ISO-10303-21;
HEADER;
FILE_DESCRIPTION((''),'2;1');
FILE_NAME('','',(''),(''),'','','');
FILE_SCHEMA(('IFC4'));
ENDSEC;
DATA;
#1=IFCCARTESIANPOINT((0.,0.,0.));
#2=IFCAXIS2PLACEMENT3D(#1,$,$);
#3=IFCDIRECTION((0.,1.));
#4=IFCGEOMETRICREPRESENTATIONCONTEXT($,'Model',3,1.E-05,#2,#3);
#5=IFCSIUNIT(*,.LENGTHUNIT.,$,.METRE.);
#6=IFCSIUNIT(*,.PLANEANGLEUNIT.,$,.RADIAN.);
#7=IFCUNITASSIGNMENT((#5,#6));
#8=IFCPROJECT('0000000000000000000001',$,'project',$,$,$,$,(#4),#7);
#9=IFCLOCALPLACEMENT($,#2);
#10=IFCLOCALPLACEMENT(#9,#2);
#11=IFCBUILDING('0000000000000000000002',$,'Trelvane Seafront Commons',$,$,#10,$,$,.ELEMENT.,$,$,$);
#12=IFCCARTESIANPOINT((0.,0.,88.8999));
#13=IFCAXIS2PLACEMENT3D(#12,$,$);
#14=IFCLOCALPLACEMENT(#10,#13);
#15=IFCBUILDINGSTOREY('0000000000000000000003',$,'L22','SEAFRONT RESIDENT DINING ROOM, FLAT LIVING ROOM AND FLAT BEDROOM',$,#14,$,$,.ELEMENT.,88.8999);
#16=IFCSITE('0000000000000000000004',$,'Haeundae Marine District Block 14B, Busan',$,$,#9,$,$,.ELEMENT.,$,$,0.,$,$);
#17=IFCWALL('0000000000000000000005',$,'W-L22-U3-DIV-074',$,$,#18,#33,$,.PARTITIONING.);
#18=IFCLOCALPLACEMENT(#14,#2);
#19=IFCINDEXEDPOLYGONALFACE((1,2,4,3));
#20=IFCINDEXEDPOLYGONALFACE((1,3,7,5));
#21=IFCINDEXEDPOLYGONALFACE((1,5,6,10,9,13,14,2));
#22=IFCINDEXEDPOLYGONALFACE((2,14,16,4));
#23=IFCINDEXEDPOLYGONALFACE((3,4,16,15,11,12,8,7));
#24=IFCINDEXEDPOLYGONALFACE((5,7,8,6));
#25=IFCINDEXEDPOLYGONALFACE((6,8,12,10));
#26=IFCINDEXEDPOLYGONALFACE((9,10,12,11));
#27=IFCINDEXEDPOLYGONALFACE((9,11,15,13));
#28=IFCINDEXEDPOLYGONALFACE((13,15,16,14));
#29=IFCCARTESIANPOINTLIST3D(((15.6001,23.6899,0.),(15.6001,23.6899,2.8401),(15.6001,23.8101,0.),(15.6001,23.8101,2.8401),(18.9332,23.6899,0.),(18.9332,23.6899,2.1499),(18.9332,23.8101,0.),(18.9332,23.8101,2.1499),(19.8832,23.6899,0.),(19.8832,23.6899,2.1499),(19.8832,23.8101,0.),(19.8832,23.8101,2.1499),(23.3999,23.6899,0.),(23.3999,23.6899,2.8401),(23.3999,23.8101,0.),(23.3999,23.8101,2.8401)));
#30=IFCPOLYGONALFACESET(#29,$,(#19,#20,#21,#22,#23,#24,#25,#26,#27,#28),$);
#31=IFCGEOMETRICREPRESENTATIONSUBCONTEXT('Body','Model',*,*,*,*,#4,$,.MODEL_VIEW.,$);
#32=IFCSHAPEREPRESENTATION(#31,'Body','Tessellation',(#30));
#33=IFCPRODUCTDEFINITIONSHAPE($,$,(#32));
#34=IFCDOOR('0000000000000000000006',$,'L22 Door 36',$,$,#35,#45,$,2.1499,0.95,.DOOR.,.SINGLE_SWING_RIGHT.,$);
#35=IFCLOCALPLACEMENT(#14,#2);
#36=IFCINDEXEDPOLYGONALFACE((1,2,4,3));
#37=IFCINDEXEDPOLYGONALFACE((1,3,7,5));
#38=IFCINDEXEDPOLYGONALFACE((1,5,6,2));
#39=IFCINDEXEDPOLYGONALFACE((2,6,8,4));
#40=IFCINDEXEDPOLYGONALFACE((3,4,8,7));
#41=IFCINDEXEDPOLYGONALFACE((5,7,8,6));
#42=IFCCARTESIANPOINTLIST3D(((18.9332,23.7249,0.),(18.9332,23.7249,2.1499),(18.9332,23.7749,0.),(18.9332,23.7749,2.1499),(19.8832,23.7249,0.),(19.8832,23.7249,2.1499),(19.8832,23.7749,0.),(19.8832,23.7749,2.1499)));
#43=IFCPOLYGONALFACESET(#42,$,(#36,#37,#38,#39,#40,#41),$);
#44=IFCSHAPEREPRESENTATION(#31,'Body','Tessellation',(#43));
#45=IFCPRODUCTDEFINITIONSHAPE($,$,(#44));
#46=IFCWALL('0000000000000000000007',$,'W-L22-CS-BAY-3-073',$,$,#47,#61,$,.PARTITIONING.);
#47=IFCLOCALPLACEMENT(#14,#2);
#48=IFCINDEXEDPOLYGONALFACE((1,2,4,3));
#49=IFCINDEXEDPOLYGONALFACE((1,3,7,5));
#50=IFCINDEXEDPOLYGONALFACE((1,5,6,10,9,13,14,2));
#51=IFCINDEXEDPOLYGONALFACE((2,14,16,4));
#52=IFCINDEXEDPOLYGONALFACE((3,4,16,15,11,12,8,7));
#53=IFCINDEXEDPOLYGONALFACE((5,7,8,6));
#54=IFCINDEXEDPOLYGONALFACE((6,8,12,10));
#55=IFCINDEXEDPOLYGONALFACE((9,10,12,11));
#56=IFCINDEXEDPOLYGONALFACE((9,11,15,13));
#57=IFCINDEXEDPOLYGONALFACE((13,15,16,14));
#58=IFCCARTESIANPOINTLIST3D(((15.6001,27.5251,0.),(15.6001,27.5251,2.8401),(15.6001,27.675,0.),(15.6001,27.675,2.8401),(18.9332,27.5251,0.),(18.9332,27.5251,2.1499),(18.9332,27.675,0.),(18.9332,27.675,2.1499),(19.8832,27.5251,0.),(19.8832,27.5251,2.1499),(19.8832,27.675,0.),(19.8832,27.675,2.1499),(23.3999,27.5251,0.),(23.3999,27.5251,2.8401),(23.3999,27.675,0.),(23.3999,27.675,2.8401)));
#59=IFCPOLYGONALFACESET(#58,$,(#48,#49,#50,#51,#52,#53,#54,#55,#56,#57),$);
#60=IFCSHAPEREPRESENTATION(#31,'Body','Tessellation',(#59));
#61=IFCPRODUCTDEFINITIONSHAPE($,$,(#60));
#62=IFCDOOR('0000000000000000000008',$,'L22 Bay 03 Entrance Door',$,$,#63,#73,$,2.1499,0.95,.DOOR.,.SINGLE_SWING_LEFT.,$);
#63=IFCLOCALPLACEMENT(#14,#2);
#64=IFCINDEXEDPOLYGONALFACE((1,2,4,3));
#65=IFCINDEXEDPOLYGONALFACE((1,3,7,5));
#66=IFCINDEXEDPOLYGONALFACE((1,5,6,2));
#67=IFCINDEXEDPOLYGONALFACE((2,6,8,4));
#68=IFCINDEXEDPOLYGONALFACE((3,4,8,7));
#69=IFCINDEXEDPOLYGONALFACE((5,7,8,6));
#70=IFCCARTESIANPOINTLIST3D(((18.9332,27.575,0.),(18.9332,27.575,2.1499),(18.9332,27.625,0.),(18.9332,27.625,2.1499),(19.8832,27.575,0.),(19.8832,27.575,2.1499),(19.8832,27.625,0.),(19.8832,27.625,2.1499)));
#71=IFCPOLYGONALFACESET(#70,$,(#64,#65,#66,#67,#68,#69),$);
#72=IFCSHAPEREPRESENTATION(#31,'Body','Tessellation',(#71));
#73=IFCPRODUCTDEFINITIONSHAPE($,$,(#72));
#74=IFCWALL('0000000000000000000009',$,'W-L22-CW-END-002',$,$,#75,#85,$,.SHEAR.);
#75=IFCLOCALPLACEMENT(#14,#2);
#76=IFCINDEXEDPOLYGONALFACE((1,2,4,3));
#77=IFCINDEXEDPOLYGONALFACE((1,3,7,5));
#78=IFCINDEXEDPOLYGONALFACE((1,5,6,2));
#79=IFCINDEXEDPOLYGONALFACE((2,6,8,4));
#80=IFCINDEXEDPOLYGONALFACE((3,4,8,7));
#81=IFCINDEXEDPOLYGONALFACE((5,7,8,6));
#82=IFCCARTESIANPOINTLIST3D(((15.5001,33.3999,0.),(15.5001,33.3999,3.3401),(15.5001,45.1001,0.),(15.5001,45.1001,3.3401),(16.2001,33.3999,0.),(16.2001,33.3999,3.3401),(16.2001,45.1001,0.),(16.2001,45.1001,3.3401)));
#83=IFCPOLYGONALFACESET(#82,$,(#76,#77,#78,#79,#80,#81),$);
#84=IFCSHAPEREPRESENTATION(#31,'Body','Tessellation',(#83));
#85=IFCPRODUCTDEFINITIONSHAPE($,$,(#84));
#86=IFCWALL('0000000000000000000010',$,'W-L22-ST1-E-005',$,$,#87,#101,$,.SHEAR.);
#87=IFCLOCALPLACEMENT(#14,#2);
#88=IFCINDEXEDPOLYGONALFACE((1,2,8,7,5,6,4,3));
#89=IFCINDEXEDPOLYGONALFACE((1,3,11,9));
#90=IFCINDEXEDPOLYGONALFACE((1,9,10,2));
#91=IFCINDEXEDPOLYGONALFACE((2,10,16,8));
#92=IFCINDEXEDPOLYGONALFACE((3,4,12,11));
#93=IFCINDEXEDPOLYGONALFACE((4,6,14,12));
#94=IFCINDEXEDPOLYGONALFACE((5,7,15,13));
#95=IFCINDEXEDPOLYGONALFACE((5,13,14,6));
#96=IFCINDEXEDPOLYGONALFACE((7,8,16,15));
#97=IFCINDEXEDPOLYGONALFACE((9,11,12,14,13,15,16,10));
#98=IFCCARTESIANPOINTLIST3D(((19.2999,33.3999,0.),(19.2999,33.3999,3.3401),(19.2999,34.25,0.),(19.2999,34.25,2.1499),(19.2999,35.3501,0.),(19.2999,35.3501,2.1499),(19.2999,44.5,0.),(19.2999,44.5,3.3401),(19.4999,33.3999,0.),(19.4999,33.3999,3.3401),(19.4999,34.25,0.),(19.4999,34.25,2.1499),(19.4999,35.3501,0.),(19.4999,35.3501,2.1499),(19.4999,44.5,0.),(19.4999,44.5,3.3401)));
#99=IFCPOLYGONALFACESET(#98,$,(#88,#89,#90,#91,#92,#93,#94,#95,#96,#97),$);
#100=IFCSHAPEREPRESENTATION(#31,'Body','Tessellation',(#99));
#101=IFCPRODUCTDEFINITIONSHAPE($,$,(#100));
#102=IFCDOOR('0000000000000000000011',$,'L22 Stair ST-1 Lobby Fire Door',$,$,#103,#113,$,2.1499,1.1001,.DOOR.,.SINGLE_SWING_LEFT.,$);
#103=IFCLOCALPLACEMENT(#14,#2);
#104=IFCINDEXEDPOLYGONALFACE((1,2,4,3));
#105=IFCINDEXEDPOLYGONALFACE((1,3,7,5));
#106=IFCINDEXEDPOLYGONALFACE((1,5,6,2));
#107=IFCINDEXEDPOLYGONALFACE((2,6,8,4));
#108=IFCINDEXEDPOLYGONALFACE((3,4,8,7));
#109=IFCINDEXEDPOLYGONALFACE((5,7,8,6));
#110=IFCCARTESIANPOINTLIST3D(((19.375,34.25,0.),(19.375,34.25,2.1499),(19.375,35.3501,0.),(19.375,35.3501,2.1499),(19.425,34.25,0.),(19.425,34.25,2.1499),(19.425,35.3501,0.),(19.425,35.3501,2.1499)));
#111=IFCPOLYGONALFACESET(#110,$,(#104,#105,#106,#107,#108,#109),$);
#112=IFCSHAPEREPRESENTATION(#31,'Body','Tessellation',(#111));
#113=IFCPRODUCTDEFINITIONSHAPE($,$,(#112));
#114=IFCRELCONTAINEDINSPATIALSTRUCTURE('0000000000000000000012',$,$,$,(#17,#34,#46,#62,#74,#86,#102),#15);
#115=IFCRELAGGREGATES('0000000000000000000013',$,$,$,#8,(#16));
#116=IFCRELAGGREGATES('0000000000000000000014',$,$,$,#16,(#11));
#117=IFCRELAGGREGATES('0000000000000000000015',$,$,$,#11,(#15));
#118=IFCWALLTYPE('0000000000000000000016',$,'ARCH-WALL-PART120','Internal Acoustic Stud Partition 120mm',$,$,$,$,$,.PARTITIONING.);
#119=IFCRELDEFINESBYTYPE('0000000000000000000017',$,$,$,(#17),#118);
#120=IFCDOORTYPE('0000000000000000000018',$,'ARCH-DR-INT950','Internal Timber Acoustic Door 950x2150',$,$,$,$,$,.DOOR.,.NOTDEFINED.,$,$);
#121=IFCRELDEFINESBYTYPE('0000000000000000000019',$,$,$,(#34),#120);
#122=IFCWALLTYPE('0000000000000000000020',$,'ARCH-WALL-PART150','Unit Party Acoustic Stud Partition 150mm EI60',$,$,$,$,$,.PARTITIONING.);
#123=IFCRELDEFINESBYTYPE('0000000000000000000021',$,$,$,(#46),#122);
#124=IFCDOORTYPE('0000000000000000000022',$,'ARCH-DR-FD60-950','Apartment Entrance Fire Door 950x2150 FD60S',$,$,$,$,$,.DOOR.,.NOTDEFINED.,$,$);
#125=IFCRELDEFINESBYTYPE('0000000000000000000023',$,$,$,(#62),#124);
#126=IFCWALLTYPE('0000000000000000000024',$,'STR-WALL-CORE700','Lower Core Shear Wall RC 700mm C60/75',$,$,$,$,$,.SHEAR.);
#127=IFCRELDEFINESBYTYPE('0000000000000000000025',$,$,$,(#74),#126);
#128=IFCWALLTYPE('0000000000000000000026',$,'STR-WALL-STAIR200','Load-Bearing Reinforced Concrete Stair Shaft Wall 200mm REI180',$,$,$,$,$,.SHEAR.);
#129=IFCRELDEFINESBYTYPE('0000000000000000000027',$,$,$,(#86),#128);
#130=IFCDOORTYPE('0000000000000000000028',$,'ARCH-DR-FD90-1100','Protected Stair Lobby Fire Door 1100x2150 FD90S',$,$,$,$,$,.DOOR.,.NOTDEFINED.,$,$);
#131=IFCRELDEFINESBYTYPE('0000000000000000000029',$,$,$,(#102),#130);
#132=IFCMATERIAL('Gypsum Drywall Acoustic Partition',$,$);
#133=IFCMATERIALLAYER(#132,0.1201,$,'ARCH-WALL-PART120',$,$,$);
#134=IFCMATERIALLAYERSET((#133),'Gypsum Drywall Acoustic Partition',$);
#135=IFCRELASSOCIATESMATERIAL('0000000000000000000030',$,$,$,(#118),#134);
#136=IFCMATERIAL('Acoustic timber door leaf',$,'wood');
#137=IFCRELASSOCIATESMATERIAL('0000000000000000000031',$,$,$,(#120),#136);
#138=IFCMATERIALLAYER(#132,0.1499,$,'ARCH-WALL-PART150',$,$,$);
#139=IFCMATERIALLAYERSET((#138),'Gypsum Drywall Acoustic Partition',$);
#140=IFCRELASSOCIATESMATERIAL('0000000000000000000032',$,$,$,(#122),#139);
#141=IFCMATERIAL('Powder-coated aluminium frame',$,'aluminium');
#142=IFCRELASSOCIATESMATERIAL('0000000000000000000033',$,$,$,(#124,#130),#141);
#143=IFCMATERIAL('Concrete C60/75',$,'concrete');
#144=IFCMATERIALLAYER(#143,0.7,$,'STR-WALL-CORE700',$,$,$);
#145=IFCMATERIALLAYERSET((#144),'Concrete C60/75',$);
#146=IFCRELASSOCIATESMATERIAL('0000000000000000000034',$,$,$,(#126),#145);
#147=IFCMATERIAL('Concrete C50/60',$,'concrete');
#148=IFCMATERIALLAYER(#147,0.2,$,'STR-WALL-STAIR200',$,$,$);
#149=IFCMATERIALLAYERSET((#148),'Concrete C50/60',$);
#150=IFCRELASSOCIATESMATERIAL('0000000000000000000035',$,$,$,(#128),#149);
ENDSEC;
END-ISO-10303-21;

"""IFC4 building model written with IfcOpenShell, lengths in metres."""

from ifc_helpers import new_model, si_unit, direction, frame, frame_2d, origin, place, context, subcontext, project, spatial, rectangle, extrude, source, transform, mapped, material, layer, layer_set, type_object, element, fill, save


model = new_model("IFC4")

# Units and contexts
model_context = context("Model", 3, precision=1e-05, world=origin(), true_north=direction((0.0, 1.0)))
body_context = subcontext(model_context, "Body", "Model", "MODEL_VIEW")
ifc_project = project(units=[si_unit("LENGTHUNIT", "METRE"), si_unit("PLANEANGLEUNIT", "RADIAN")], contexts=[model_context])

# Site, building, storey
site_placement = place(None, origin())
site = spatial("IfcSite", under=ifc_project, at=site_placement, Name="Haeundae Marine District Block 14B, Busan", CompositionType="ELEMENT", RefElevation=0.0)
building_placement = place(site_placement, origin())
building = spatial("IfcBuilding", under=site, at=building_placement, Name="Trelvane Seafront Commons", CompositionType="ELEMENT")
storey_placement = place(building_placement, frame((0.0, 0.0, 88.8999)))
storey = spatial("IfcBuildingStorey", under=building, at=storey_placement, Name="L22", Description="SEAFRONT RESIDENT DINING ROOM, FLAT LIVING ROOM AND FLAT BEDROOM", CompositionType="ELEMENT", Elevation=88.8999)

# Shared definitions
ifc_material_1 = material(Name="Concrete C60/75", Category="concrete")

# Shared definitions
ifc_material_2 = material(Name="Gypsum Drywall Acoustic Partition")
ifc_layer_1 = layer(ifc_material_2, 0.1201, Name="ARCH-WALL-PART120")
ifc_layer_set_1 = layer_set([ifc_layer_1], Name="Gypsum Drywall Acoustic Partition")
wall_type_1 = type_object("IfcWallType", Name="ARCH-WALL-PART120", Description="Internal Acoustic Stud Partition 120mm", PredefinedType="PARTITIONING", material=ifc_layer_set_1)
ifc_material_3 = material(Name="Acoustic timber door leaf", Category="wood")
door_type_1 = type_object("IfcDoorType", Name="ARCH-DR-INT950", Description="Internal Timber Acoustic Door 950x2150", OperationType="NOTDEFINED", PredefinedType="DOOR", material=ifc_material_3)
shared_shape_1 = source(origin(), body_context, "Body", "SweptSolid", [
    extrude(rectangle(XDim=0.95, YDim=2.1499, at=frame_2d((0.4751, 1.075))), frame((0.0, 0.0249, 0.0), z_axis=(0.0, -1.0, 0.0), x_axis=(1.0, 0.0, 0.0)), (0.0, 0.0, 1.0), 0.05),
])

# Walls, openings, doors
wall_1_placement = place(storey_placement, frame((15.6001, 23.75, 0.0), z_axis=(0.0, 0.0, 1.0), x_axis=(1.0, 0.0, 0.0)))
wall_1 = element("IfcWall", 1, at=wall_1_placement, inside=storey, type_object=wall_type_1, Name="W-L22-U3-DIV-074", PredefinedType="PARTITIONING", context=body_context, shape_type="SweptSolid", body=[
    extrude(rectangle(XDim=7.7998, YDim=0.1201, at=frame_2d((3.8999, 0.0))), origin(), (0.0, 0.0, 1.0), 2.8401),
])
opening_1_placement = place(wall_1_placement, frame((3.333, 0.0, 0.0)))
opening_1 = element("IfcOpeningElement", 2, at=opening_1_placement, cuts=wall_1, PredefinedType="OPENING", context=body_context, shape_type="SweptSolid", body=[
    extrude(rectangle(XDim=0.95, YDim=2.1499, at=frame_2d((0.4751, 1.075))), frame((0.0, 0.0701, 0.0), z_axis=(0.0, -1.0, 0.0), x_axis=(1.0, 0.0, 0.0)), (0.0, 0.0, 1.0), 0.1401),
])
door_1_placement = place(opening_1_placement, origin())
door_1 = element("IfcDoor", 3, at=door_1_placement, inside=storey, type_object=door_type_1, Name="L22 Door 36", OperationType="SINGLE_SWING_RIGHT", OverallHeight=2.1499, OverallWidth=0.95, PredefinedType="DOOR", context=body_context, shape_type="MappedRepresentation", body=[
    mapped(shared_shape_1, transform((0.0, 0.0, 0.0), x_axis=(1.0, 0.0, 0.0), y_axis=(0.0, 1.0, 0.0), z_axis=(0.0, 0.0, 1.0), scale=1.0)),
])
fill(opening_1, door_1)
ifc_layer_2 = layer(ifc_material_2, 0.1499, Name="ARCH-WALL-PART150")
ifc_layer_set_2 = layer_set([ifc_layer_2], Name="Gypsum Drywall Acoustic Partition")
wall_type_2 = type_object("IfcWallType", Name="ARCH-WALL-PART150", Description="Unit Party Acoustic Stud Partition 150mm EI60", PredefinedType="PARTITIONING", material=ifc_layer_set_2)
wall_2_placement = place(storey_placement, frame((15.6001, 27.6001, 0.0), z_axis=(0.0, 0.0, 1.0), x_axis=(1.0, 0.0, 0.0)))
wall_2 = element("IfcWall", 4, at=wall_2_placement, inside=storey, type_object=wall_type_2, Name="W-L22-CS-BAY-3-073", PredefinedType="PARTITIONING", context=body_context, shape_type="SweptSolid", body=[
    extrude(rectangle(XDim=7.7998, YDim=0.1499, at=frame_2d((3.8999, 0.0))), origin(), (0.0, 0.0, 1.0), 2.8401),
])
opening_2_placement = place(wall_2_placement, frame((3.333, 0.0, 0.0)))
opening_2 = element("IfcOpeningElement", 5, at=opening_2_placement, cuts=wall_2, PredefinedType="OPENING", context=body_context, shape_type="SweptSolid", body=[
    extrude(rectangle(XDim=0.95, YDim=2.1499, at=frame_2d((0.4751, 1.075))), frame((0.0, 0.085, 0.0), z_axis=(0.0, -1.0, 0.0), x_axis=(1.0, 0.0, 0.0)), (0.0, 0.0, 1.0), 0.1699),
])
ifc_material_4 = material(Name="Powder-coated aluminium frame", Category="aluminium")
door_type_2 = type_object("IfcDoorType", Name="ARCH-DR-FD60-950", Description="Apartment Entrance Fire Door 950x2150 FD60S", OperationType="NOTDEFINED", PredefinedType="DOOR", material=ifc_material_4)
door_2_placement = place(opening_2_placement, origin())
door_2 = element("IfcDoor", 6, at=door_2_placement, inside=storey, type_object=door_type_2, Name="L22 Bay 03 Entrance Door", OperationType="SINGLE_SWING_LEFT", OverallHeight=2.1499, OverallWidth=0.95, PredefinedType="DOOR", context=body_context, shape_type="MappedRepresentation", body=[
    mapped(shared_shape_1, transform((0.0, 0.0, 0.0), x_axis=(1.0, 0.0, 0.0), y_axis=(0.0, 1.0, 0.0), z_axis=(0.0, 0.0, 1.0), scale=1.0)),
])
fill(opening_2, door_2)

# Wall
ifc_layer_3 = layer(ifc_material_1, 0.7, Name="STR-WALL-CORE700")
ifc_layer_set_3 = layer_set([ifc_layer_3], Name="Concrete C60/75")
wall_type_3 = type_object("IfcWallType", Name="STR-WALL-CORE700", Description="Lower Core Shear Wall RC 700mm C60/75", PredefinedType="SHEAR", material=ifc_layer_set_3)
wall_3_placement = place(storey_placement, frame((15.8501, 33.3999, 0.0), z_axis=(0.0, 0.0, 1.0), x_axis=(0.0, 1.0, 0.0)))
element("IfcWall", 7, at=wall_3_placement, inside=storey, type_object=wall_type_3, Name="W-L22-CW-END-002", PredefinedType="SHEAR", context=body_context, shape_type="SweptSolid", body=[
    extrude(rectangle(XDim=11.7002, YDim=0.7, at=frame_2d((5.8501, 0.0))), origin(), (0.0, 0.0, 1.0), 3.3401),
])

# Wall, opening, door
ifc_material_5 = material(Name="Concrete C50/60", Category="concrete")
ifc_layer_4 = layer(ifc_material_5, 0.2, Name="STR-WALL-STAIR200")
ifc_layer_set_4 = layer_set([ifc_layer_4], Name="Concrete C50/60")
wall_type_4 = type_object("IfcWallType", Name="STR-WALL-STAIR200", Description="Load-Bearing Reinforced Concrete Stair Shaft Wall 200mm REI180", PredefinedType="SHEAR", material=ifc_layer_set_4)
wall_4_placement = place(storey_placement, frame((19.3999, 33.3999, 0.0), z_axis=(0.0, 0.0, 1.0), x_axis=(0.0, 1.0, 0.0)))
wall_4 = element("IfcWall", 8, at=wall_4_placement, inside=storey, type_object=wall_type_4, Name="W-L22-ST1-E-005", PredefinedType="SHEAR", context=body_context, shape_type="SweptSolid", body=[
    extrude(rectangle(XDim=11.1001, YDim=0.2, at=frame_2d((5.55, 0.0))), origin(), (0.0, 0.0, 1.0), 3.3401),
])
opening_3_placement = place(wall_4_placement, frame((0.8501, 0.0, 0.0)))
opening_3 = element("IfcOpeningElement", 9, at=opening_3_placement, cuts=wall_4, PredefinedType="OPENING", context=body_context, shape_type="SweptSolid", body=[
    extrude(rectangle(XDim=1.1001, YDim=2.1499, at=frame_2d((0.55, 1.075))), frame((0.0, 0.1099, 0.0), z_axis=(0.0, -1.0, 0.0), x_axis=(1.0, 0.0, 0.0)), (0.0, 0.0, 1.0), 0.22),
])
door_type_3 = type_object("IfcDoorType", Name="ARCH-DR-FD90-1100", Description="Protected Stair Lobby Fire Door 1100x2150 FD90S", OperationType="NOTDEFINED", PredefinedType="DOOR", material=ifc_material_4)
shared_shape_2 = source(origin(), body_context, "Body", "SweptSolid", [
    extrude(rectangle(XDim=1.1001, YDim=2.1499, at=frame_2d((0.55, 1.075))), frame((0.0, 0.0249, 0.0), z_axis=(0.0, -1.0, 0.0), x_axis=(1.0, 0.0, 0.0)), (0.0, 0.0, 1.0), 0.05),
])
door_3_placement = place(opening_3_placement, origin())
door_3 = element("IfcDoor", 10, at=door_3_placement, inside=storey, type_object=door_type_3, Name="L22 Stair ST-1 Lobby Fire Door", OperationType="SINGLE_SWING_LEFT", OverallHeight=2.1499, OverallWidth=1.1001, PredefinedType="DOOR", context=body_context, shape_type="MappedRepresentation", body=[
    mapped(shared_shape_2, transform((0.0, 0.0, 0.0), x_axis=(1.0, 0.0, 0.0), y_axis=(0.0, 1.0, 0.0), z_axis=(0.0, 0.0, 1.0), scale=1.0)),
])
fill(opening_3, door_3)

save(model, "model.ifc")
